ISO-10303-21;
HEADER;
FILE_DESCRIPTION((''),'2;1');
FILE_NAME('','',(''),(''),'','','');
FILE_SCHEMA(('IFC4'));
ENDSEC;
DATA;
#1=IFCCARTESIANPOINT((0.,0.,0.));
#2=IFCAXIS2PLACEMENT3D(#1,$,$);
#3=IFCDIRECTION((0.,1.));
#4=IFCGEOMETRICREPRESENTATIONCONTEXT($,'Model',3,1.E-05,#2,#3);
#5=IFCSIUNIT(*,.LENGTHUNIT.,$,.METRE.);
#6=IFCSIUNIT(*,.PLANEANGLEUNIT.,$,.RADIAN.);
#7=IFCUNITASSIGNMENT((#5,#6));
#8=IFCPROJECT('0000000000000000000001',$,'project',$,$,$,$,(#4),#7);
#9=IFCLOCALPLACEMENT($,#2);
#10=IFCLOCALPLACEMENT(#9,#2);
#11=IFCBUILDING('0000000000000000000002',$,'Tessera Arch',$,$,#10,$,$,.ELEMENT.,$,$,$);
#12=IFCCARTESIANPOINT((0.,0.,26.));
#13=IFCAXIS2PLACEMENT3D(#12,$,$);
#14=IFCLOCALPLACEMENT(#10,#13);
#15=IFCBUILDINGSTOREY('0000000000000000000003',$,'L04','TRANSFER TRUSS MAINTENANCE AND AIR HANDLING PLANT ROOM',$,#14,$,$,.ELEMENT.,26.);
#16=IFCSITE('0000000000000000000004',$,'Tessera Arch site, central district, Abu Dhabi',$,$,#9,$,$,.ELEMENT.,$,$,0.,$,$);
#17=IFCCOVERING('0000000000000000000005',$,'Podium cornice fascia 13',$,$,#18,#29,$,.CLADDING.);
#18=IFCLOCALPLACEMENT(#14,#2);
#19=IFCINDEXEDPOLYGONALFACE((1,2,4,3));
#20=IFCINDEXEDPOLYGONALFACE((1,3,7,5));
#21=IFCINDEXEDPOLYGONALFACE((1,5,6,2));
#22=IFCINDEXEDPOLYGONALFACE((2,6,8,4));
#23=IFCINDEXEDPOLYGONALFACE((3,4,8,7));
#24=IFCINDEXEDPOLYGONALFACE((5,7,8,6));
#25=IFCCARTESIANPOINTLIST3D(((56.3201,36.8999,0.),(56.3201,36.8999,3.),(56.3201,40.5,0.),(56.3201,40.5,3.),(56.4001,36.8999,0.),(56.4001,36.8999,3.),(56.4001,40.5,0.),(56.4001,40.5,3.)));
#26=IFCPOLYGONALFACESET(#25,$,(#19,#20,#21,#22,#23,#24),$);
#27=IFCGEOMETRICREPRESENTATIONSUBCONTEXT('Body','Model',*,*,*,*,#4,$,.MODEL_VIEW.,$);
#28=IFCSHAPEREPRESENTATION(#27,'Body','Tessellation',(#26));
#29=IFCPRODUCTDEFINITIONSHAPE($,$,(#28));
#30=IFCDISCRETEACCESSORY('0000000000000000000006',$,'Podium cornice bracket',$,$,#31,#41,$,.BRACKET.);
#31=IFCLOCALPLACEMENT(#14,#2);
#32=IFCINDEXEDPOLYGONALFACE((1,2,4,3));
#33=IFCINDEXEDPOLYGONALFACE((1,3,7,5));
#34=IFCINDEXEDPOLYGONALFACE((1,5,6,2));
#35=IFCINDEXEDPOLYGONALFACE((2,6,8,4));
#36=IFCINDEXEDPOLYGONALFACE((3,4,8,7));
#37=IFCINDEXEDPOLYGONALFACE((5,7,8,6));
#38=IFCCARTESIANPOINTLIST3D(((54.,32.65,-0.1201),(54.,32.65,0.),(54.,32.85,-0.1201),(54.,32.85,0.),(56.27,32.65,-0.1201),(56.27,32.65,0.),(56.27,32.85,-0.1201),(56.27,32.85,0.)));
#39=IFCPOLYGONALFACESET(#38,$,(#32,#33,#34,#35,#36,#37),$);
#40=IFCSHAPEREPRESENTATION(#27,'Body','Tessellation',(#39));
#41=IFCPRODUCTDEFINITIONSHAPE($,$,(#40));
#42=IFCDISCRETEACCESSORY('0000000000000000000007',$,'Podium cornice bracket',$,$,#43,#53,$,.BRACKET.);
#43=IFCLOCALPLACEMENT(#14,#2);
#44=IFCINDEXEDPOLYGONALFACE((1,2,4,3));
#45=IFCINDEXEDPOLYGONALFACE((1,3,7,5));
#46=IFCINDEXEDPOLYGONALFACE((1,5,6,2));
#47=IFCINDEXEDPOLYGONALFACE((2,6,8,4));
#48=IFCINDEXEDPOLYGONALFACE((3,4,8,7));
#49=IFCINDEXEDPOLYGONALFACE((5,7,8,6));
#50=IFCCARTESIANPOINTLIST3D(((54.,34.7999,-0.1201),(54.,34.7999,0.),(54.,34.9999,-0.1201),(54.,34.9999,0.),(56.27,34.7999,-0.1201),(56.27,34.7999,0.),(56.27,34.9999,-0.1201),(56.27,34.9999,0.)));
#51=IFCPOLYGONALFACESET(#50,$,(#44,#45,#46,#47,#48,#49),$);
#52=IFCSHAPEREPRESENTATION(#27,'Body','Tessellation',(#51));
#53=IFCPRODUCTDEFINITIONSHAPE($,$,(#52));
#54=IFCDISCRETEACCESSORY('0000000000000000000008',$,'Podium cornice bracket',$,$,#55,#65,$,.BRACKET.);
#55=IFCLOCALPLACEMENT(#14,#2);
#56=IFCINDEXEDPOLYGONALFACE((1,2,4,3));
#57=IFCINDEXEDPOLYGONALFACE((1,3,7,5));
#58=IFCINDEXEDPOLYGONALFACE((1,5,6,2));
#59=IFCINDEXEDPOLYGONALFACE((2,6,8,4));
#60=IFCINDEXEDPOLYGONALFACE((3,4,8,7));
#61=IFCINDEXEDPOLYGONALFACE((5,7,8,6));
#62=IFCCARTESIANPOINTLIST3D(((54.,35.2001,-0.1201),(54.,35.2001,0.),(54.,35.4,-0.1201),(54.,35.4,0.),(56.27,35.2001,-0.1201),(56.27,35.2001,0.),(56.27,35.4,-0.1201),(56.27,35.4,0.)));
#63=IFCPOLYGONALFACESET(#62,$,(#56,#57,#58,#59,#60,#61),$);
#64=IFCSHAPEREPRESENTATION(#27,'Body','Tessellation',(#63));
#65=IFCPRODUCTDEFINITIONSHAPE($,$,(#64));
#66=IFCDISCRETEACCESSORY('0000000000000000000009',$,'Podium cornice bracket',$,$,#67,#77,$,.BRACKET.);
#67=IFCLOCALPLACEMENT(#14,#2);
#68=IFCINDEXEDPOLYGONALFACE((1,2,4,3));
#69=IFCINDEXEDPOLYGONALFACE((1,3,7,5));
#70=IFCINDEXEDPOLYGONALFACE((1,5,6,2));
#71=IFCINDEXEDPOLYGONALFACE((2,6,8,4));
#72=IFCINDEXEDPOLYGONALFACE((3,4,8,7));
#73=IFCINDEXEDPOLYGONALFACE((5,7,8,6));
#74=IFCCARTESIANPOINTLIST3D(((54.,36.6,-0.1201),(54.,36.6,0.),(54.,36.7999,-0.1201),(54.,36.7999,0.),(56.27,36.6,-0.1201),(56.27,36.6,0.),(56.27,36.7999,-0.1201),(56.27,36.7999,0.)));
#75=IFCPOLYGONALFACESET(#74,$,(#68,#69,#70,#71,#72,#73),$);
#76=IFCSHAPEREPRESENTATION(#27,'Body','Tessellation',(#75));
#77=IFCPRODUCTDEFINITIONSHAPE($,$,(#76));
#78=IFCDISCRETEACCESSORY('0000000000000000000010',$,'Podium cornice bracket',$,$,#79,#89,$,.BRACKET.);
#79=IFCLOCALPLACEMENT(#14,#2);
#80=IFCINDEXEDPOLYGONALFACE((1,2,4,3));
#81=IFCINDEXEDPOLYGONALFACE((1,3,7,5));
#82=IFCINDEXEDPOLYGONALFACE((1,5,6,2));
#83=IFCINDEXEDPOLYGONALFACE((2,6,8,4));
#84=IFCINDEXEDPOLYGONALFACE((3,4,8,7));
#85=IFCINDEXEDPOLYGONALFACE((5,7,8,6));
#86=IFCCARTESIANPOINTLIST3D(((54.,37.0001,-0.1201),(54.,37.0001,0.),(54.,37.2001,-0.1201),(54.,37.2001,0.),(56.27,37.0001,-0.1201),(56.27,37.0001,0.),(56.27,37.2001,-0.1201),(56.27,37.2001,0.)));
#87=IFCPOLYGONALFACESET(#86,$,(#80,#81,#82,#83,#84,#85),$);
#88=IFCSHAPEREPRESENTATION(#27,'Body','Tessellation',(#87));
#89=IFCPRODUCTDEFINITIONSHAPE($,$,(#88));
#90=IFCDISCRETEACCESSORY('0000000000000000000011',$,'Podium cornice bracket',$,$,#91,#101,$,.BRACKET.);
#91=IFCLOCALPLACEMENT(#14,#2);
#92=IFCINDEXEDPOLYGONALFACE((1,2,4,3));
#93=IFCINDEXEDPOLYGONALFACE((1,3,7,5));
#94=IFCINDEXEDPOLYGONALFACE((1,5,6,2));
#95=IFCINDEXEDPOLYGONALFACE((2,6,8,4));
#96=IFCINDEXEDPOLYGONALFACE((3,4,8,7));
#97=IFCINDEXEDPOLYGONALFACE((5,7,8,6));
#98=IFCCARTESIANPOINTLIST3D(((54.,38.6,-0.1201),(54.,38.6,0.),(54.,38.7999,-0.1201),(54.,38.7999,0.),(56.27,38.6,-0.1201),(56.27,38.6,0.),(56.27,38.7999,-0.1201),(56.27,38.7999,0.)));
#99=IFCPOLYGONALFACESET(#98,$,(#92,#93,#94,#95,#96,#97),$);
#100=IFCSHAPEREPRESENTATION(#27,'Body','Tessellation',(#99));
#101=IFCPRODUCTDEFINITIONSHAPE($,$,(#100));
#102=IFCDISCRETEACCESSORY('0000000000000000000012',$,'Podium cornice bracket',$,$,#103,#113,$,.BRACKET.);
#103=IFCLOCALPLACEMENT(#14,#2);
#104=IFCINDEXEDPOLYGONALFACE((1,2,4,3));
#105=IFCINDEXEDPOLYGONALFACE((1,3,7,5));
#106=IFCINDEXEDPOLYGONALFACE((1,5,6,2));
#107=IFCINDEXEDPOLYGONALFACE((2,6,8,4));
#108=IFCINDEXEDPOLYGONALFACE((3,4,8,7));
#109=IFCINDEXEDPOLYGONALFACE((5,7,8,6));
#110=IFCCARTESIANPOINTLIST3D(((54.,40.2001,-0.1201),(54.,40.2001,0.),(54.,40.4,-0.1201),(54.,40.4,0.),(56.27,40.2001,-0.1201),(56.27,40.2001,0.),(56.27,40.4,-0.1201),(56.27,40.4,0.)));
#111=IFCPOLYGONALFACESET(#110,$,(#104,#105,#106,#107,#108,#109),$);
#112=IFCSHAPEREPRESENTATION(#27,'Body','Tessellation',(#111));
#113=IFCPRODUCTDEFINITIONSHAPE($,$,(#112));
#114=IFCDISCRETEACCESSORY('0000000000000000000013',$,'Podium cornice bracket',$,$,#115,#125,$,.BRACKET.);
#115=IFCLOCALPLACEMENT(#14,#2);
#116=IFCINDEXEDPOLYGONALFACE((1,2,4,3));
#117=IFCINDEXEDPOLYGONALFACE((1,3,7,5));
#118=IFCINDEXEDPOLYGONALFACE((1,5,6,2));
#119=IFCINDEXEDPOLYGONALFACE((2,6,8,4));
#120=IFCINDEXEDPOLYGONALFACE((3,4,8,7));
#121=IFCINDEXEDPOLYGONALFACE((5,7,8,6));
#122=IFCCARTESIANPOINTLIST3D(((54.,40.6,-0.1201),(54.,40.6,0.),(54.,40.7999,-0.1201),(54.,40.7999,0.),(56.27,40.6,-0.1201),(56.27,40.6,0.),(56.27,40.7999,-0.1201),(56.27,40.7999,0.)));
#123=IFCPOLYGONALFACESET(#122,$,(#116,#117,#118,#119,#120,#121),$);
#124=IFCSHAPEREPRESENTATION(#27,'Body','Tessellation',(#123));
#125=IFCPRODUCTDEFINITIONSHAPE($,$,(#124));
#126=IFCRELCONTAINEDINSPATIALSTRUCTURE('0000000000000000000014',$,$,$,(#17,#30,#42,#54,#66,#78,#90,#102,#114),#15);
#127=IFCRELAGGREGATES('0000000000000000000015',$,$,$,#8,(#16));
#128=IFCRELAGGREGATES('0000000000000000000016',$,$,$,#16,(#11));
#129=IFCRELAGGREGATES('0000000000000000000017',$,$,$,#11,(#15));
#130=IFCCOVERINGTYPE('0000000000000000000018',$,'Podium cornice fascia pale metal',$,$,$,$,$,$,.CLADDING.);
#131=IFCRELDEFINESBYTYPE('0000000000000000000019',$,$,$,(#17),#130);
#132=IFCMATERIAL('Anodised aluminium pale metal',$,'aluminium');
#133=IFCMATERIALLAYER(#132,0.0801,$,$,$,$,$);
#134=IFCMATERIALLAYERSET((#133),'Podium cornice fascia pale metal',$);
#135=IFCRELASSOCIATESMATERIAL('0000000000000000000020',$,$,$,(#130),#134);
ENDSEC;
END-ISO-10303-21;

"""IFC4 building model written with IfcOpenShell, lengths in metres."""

from ifc_helpers import new_model, si_unit, direction, frame, origin, origin_2d, place, context, subcontext, project, spatial, rectangle, extrude, material, layer, layer_set, type_object, element, save


model = new_model("IFC4")

# Units and contexts
model_context = context("Model", 3, precision=1e-05, world=origin(), true_north=direction((0.0, 1.0)))
body_context = subcontext(model_context, "Body", "Model", "MODEL_VIEW")
ifc_project = project(units=[si_unit("LENGTHUNIT", "METRE"), si_unit("PLANEANGLEUNIT", "RADIAN")], contexts=[model_context])

# Site, building, storey
site_placement = place(None, origin())
site = spatial("IfcSite", under=ifc_project, at=site_placement, Name="Tessera Arch site, central district, Abu Dhabi", CompositionType="ELEMENT", RefElevation=0.0)
building_placement = place(site_placement, origin())
building = spatial("IfcBuilding", under=site, at=building_placement, Name="Tessera Arch", CompositionType="ELEMENT")
storey_placement = place(building_placement, frame((0.0, 0.0, 26.0)))
storey = spatial("IfcBuildingStorey", under=building, at=storey_placement, Name="L04", Description="TRANSFER TRUSS MAINTENANCE AND AIR HANDLING PLANT ROOM", CompositionType="ELEMENT", Elevation=26.0)

# Covering
ifc_material_1 = material(Name="Anodised aluminium pale metal", Category="aluminium")
ifc_layer_1 = layer(ifc_material_1, 0.0801)
ifc_layer_set_1 = layer_set([ifc_layer_1], Name="Podium cornice fascia pale metal")
covering_type = type_object("IfcCoveringType", Name="Podium cornice fascia pale metal", PredefinedType="CLADDING", material=ifc_layer_set_1)
covering_1_placement = place(storey_placement, frame((56.3601, 38.7, 0.0), z_axis=(0.0, 0.0, 1.0), x_axis=(0.0, 1.0, 0.0)))
element("IfcCovering", 1, at=covering_1_placement, inside=storey, type_object=covering_type, Name="Podium cornice fascia 13", PredefinedType="CLADDING", context=body_context, shape_type="SweptSolid", body=[
    extrude(rectangle(XDim=3.6001, YDim=0.0801, at=origin_2d()), origin(), (0.0, 0.0, 1.0), 3.0),
])

# Discrete accessories
for number, where, z_axis, x_axis, name in (
    (2, (55.135, 32.75, -0.1201), (0.0, 0.0, 1.0), (1.0, 0.0, 0.0), "Podium cornice bracket"),
    (3, (55.135, 34.8999, -0.1201), (0.0, 0.0, 1.0), (1.0, 0.0, 0.0), "Podium cornice bracket"),
    (4, (55.135, 35.3, -0.1201), (0.0, 0.0, 1.0), (1.0, 0.0, 0.0), "Podium cornice bracket"),
    (5, (55.135, 36.7, -0.1201), (0.0, 0.0, 1.0), (1.0, 0.0, 0.0), "Podium cornice bracket"),
    (6, (55.135, 37.1001, -0.1201), (0.0, 0.0, 1.0), (1.0, 0.0, 0.0), "Podium cornice bracket"),
    (7, (55.135, 38.7, -0.1201), (0.0, 0.0, 1.0), (1.0, 0.0, 0.0), "Podium cornice bracket"),
    (8, (55.135, 40.3, -0.1201), (0.0, 0.0, 1.0), (1.0, 0.0, 0.0), "Podium cornice bracket"),
    (9, (55.135, 40.7, -0.1201), (0.0, 0.0, 1.0), (1.0, 0.0, 0.0), "Podium cornice bracket"),
):
    element("IfcDiscreteAccessory", number, at=place(storey_placement, frame(where, z_axis=z_axis, x_axis=x_axis)), inside=storey, Name=name, PredefinedType="BRACKET", context=body_context, shape_type="SweptSolid", body=[
        extrude(rectangle(XDim=2.27, YDim=0.2, at=origin_2d()), origin(), (0.0, 0.0, 1.0), 0.1201),
    ])

save(model, "model.ifc")
